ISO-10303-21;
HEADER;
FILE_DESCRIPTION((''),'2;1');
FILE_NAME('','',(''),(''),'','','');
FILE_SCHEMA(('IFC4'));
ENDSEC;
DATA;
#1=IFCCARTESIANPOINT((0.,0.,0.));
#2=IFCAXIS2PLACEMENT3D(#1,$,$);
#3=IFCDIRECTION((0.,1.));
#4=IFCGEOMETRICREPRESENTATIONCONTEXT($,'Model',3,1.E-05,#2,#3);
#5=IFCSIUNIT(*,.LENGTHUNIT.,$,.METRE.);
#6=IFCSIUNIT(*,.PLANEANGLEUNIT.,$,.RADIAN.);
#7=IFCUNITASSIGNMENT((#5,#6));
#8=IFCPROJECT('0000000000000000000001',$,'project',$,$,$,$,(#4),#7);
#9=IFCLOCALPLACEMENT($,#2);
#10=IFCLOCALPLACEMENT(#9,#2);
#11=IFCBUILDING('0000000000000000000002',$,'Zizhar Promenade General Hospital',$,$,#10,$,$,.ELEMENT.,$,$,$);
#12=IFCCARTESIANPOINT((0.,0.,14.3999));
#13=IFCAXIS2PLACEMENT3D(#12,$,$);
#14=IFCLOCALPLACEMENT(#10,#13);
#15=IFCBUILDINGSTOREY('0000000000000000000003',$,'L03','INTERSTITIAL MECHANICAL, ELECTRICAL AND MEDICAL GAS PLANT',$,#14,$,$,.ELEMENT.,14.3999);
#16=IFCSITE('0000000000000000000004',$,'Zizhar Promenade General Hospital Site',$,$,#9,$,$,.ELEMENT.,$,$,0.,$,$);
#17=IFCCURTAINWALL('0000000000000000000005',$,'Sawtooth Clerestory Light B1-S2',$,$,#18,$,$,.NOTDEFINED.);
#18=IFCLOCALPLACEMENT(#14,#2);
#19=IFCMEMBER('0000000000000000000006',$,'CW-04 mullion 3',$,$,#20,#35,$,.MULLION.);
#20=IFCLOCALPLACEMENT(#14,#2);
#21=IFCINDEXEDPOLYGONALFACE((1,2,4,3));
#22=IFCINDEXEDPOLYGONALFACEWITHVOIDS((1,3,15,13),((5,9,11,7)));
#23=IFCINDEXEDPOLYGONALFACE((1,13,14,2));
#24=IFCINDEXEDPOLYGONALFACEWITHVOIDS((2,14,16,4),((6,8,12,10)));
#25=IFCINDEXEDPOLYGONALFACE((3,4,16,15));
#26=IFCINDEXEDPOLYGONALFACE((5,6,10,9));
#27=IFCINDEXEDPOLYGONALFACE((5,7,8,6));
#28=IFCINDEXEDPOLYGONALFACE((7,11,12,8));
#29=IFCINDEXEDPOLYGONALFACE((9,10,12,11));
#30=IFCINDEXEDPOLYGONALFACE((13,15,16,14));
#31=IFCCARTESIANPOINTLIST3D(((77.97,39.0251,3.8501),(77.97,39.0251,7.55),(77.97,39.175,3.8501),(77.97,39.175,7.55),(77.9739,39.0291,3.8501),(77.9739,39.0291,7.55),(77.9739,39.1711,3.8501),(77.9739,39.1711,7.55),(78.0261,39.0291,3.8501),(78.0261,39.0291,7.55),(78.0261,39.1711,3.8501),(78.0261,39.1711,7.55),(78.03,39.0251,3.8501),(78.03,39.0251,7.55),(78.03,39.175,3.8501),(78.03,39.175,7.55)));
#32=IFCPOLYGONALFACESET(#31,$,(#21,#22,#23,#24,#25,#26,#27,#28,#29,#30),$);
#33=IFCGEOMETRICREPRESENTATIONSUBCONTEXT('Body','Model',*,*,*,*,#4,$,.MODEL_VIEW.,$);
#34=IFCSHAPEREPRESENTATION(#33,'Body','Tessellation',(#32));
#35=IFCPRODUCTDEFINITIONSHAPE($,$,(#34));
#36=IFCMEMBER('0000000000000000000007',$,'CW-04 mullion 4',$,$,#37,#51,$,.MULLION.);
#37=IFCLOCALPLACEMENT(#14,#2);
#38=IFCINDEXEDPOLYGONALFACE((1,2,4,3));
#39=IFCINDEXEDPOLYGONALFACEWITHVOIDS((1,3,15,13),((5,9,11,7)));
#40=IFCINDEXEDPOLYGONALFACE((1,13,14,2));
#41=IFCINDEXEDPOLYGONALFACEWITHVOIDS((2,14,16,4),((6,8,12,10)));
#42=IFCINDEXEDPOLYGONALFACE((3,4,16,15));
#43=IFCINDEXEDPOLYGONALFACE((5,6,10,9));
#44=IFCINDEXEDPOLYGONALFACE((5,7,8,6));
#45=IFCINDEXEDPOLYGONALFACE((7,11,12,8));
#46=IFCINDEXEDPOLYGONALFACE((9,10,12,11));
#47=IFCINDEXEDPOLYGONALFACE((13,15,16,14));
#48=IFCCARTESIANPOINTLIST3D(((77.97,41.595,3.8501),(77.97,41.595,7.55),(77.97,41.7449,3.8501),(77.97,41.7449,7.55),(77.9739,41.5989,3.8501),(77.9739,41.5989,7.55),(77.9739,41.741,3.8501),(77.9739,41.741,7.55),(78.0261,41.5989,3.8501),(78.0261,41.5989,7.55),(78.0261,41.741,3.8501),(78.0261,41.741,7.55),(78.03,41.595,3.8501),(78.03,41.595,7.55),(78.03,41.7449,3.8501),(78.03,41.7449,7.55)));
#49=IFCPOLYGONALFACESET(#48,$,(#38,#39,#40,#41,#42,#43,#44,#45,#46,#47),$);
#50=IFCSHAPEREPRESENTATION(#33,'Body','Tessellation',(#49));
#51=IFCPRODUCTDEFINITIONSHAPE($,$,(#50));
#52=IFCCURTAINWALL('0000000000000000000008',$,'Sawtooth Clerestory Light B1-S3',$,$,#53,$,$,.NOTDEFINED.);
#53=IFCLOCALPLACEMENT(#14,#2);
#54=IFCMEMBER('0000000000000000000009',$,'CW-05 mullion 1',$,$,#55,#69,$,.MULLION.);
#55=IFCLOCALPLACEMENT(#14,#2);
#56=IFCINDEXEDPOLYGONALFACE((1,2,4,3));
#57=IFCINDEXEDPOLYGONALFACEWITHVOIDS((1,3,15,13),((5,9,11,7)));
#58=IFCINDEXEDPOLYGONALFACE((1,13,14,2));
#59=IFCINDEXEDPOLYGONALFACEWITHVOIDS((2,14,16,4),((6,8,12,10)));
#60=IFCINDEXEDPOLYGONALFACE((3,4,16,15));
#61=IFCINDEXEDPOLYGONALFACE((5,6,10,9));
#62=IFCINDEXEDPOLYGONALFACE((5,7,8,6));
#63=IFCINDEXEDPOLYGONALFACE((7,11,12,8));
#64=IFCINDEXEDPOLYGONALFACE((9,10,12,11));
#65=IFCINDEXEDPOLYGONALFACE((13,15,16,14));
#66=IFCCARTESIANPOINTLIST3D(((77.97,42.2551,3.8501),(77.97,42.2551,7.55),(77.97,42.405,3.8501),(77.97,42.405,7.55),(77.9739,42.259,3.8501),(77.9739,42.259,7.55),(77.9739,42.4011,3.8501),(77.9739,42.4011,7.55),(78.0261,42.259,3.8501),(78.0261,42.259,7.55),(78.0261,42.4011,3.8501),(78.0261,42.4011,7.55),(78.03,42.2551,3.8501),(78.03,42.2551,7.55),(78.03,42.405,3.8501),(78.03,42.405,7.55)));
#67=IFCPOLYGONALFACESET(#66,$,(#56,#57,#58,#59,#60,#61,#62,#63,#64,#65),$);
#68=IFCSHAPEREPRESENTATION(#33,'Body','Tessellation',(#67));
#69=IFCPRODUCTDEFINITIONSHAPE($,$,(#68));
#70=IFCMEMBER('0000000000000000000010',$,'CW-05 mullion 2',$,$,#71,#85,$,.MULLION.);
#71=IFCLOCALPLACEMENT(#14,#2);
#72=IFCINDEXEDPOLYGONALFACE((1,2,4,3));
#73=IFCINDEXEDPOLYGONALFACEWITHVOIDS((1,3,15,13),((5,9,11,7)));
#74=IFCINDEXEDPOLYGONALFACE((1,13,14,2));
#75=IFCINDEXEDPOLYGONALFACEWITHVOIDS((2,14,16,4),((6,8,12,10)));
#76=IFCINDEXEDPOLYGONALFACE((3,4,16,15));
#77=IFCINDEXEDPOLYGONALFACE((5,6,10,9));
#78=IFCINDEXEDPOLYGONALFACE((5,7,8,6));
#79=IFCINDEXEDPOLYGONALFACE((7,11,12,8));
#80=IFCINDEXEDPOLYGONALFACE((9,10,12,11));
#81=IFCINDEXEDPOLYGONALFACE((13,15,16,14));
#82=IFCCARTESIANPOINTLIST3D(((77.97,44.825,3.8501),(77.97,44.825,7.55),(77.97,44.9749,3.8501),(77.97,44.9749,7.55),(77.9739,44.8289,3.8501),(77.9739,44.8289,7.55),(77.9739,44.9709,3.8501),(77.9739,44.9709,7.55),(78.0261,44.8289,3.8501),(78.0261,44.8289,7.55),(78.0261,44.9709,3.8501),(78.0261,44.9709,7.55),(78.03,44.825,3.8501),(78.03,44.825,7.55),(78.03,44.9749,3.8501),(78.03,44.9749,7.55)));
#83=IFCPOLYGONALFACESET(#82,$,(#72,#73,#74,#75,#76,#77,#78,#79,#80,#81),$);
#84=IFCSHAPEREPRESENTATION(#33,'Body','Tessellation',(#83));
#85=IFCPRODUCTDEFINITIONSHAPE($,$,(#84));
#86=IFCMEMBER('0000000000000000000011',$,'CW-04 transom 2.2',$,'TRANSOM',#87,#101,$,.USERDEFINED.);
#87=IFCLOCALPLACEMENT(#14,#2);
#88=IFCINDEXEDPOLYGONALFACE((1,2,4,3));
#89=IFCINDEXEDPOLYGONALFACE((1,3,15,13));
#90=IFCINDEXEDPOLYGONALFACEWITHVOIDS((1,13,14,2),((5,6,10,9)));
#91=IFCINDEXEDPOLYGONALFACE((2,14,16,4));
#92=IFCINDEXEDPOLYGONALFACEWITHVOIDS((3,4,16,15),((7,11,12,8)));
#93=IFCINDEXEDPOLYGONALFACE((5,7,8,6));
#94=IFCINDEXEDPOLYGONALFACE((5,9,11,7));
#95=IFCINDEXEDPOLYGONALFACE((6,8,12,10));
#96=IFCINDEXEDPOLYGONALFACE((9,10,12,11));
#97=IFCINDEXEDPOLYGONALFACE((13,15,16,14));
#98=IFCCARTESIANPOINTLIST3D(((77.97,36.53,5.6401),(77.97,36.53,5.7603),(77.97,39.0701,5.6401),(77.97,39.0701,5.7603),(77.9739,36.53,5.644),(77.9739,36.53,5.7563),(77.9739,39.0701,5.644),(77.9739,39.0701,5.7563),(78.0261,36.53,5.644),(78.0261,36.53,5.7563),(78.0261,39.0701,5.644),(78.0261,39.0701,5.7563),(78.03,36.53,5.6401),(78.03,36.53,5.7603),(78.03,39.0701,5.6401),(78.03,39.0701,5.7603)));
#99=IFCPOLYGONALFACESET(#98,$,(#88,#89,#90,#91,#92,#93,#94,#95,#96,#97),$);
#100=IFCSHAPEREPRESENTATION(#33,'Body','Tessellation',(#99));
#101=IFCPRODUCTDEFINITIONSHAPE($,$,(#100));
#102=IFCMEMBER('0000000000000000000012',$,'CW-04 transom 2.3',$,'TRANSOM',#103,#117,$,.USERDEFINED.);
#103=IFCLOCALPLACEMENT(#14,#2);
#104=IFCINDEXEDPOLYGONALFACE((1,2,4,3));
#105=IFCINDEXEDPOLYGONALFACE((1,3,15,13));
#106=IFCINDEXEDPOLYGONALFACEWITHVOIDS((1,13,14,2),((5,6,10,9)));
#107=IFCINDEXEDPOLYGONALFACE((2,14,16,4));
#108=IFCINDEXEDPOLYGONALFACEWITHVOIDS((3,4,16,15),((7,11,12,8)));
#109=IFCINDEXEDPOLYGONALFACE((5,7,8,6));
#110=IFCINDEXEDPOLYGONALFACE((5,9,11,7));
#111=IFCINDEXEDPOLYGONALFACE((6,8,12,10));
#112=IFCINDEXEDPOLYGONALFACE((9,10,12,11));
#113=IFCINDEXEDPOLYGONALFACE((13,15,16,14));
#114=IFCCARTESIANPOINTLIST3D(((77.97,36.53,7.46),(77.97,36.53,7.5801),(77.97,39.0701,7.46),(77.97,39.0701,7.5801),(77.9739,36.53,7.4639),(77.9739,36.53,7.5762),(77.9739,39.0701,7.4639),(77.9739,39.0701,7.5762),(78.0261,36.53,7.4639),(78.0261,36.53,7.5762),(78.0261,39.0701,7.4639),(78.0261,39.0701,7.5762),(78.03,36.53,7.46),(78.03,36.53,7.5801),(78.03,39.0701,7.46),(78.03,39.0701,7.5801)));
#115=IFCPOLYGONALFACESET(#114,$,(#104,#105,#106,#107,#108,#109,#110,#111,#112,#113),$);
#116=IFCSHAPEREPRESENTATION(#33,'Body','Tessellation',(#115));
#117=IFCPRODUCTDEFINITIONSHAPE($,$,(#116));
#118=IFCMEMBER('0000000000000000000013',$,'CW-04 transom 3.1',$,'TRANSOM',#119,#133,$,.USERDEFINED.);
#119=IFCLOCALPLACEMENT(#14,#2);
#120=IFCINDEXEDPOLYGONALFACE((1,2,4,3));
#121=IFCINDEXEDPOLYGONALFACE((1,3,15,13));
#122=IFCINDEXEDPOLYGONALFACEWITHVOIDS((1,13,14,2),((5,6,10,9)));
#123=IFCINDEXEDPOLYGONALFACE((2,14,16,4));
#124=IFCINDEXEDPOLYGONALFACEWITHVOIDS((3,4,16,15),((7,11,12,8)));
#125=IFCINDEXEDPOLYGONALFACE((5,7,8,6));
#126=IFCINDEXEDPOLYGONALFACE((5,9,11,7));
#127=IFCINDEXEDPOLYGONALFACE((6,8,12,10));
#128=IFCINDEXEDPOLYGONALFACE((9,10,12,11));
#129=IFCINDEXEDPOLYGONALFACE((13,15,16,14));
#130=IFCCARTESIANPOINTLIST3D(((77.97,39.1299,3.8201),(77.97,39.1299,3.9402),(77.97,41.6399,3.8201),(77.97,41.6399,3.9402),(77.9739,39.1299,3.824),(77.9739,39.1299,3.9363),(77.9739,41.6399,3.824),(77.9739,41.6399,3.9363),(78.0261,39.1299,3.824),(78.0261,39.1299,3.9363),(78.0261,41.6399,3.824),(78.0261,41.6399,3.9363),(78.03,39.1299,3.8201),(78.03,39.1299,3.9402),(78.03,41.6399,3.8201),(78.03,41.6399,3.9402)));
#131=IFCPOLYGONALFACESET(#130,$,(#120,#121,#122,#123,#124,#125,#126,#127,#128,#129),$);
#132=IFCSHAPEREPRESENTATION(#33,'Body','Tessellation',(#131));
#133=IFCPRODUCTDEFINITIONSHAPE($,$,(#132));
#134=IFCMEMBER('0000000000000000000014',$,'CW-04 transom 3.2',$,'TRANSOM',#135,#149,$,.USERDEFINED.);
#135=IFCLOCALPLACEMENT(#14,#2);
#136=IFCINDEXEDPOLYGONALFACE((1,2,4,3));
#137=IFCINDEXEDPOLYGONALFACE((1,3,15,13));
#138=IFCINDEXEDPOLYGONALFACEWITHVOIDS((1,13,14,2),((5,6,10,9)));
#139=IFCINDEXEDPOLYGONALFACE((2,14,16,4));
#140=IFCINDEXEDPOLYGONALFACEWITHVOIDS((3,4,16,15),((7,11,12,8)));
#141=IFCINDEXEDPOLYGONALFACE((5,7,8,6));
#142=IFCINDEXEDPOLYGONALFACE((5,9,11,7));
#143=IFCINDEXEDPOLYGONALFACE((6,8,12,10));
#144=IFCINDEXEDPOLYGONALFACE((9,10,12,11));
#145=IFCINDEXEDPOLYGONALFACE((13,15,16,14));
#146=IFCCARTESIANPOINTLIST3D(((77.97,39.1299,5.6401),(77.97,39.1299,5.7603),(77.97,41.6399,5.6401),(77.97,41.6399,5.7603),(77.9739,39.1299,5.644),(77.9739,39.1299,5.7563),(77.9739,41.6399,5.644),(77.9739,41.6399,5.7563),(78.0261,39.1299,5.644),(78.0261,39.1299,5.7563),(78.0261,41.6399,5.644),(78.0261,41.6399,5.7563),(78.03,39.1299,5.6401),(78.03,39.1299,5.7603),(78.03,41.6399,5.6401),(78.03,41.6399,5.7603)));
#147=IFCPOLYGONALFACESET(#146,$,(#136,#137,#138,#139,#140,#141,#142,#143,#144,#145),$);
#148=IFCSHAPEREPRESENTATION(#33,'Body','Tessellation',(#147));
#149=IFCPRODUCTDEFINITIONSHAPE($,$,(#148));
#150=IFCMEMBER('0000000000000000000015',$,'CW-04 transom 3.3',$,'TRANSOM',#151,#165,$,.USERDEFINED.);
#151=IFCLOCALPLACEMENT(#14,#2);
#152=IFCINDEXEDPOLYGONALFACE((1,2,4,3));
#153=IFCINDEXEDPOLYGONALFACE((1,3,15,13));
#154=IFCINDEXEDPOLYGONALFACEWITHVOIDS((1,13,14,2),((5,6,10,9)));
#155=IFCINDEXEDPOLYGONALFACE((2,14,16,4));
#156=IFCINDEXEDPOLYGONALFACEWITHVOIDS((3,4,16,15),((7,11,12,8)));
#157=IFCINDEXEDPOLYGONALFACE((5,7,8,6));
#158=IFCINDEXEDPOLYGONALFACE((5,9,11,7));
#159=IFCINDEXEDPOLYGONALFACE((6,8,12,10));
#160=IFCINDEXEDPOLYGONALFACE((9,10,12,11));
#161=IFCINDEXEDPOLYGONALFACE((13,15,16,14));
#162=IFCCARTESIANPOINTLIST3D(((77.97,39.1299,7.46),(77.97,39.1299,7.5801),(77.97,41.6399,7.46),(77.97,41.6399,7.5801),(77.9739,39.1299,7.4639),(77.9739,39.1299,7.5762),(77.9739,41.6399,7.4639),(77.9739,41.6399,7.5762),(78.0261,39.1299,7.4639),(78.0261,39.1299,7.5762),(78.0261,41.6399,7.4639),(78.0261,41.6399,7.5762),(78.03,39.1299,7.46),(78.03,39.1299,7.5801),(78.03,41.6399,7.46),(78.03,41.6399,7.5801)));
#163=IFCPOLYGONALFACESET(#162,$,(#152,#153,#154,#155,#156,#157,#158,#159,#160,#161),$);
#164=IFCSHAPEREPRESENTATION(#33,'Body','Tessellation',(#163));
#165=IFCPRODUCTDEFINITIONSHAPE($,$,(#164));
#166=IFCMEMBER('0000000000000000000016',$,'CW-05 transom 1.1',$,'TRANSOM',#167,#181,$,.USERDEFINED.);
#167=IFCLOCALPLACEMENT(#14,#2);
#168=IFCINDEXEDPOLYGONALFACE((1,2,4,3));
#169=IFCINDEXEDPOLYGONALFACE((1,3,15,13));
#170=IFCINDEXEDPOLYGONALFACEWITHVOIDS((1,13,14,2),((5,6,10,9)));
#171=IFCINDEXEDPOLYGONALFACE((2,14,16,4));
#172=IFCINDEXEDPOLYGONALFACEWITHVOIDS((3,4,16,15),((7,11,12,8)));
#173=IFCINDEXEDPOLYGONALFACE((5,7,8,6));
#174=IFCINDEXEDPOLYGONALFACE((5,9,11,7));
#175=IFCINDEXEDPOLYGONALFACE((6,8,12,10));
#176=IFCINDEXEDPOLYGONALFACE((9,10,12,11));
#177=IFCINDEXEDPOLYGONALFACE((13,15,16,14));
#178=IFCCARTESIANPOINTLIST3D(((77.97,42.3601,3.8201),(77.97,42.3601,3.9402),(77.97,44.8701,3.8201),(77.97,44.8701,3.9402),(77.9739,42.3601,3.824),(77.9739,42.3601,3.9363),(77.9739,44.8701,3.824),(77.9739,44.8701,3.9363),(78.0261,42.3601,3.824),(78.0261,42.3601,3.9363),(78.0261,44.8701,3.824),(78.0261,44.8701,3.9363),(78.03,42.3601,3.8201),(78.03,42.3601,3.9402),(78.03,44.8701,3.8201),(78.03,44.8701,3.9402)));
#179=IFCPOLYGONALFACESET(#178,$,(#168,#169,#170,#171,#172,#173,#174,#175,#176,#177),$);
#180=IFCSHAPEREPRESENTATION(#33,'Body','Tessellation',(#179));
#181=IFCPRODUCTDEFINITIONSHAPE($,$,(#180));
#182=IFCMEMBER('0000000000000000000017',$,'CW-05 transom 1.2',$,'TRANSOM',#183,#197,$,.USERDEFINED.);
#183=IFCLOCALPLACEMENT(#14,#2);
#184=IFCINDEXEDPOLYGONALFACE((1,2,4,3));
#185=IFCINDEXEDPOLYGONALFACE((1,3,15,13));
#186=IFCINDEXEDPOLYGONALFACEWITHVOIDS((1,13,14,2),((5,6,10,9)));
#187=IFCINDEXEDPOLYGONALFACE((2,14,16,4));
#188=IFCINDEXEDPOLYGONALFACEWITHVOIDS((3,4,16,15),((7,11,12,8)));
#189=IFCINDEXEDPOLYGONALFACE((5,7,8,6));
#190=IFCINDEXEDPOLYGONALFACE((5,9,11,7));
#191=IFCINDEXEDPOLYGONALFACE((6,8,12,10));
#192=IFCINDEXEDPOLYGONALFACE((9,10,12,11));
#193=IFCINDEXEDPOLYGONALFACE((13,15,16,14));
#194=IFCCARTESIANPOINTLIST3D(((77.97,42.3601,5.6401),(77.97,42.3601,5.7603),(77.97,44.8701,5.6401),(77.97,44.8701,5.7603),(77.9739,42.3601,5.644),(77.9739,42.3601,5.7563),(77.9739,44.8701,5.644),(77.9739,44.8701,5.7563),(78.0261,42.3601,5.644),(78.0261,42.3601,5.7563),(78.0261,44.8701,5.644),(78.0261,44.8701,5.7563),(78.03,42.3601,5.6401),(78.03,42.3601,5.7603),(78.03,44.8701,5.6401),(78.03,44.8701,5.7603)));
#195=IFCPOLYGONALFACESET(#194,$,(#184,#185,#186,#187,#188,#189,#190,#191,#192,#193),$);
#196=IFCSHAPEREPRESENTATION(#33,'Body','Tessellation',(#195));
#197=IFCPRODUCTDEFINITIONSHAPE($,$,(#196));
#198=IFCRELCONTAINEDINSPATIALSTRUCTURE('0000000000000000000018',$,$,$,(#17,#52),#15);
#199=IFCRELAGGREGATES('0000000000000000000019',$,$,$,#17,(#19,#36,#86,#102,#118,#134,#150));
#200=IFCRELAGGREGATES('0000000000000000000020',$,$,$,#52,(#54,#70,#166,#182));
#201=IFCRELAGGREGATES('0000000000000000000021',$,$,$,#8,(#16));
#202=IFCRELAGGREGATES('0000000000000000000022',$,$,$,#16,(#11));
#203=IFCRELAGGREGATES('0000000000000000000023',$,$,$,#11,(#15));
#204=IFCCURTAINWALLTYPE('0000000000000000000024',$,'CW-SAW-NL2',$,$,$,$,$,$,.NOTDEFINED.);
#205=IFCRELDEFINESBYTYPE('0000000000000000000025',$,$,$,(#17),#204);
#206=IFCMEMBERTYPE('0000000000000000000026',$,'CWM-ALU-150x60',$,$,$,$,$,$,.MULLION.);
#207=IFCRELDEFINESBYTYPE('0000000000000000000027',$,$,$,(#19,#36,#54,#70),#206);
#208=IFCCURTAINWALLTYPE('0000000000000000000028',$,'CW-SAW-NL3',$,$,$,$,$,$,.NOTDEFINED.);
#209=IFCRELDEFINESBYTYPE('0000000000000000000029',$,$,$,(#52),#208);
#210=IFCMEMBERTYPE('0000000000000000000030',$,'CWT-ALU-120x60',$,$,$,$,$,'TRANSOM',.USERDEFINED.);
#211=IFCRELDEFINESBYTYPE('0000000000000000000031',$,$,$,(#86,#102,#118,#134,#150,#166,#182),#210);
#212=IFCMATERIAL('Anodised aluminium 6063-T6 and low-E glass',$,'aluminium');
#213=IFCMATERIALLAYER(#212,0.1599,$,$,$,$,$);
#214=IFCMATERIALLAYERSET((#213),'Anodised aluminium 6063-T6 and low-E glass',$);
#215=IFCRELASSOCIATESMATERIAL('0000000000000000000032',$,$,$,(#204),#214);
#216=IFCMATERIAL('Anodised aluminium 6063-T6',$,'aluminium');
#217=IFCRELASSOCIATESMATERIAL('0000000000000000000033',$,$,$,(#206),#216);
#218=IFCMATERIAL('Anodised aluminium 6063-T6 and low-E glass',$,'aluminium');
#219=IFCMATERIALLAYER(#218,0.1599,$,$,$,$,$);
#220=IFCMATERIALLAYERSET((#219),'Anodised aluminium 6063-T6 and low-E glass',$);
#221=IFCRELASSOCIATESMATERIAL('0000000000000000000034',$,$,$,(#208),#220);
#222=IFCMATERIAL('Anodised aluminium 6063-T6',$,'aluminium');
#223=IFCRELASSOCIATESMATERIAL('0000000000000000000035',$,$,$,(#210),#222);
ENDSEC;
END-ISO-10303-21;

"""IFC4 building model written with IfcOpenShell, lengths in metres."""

from ifc_helpers import new_model, si_unit, direction, frame, origin, origin_2d, place, context, subcontext, project, spatial, hollow_rectangle, extrude, material, layer, layer_set, material_profile, profile_set, type_object, element, aggregate, save


model = new_model("IFC4")

# Units and contexts
model_context = context("Model", 3, precision=1e-05, world=origin(), true_north=direction((0.0, 1.0)))
body_context = subcontext(model_context, "Body", "Model", "MODEL_VIEW")
ifc_project = project(units=[si_unit("LENGTHUNIT", "METRE"), si_unit("PLANEANGLEUNIT", "RADIAN")], contexts=[model_context])

# Site, building, storey
site_placement = place(None, origin())
site = spatial("IfcSite", under=ifc_project, at=site_placement, Name="Zizhar Promenade General Hospital Site", CompositionType="ELEMENT", RefElevation=0.0)
building_placement = place(site_placement, origin())
building = spatial("IfcBuilding", under=site, at=building_placement, Name="Zizhar Promenade General Hospital", CompositionType="ELEMENT")
storey_placement = place(building_placement, frame((0.0, 0.0, 14.3999)))
storey = spatial("IfcBuildingStorey", under=building, at=storey_placement, Name="L03", Description="INTERSTITIAL MECHANICAL, ELECTRICAL AND MEDICAL GAS PLANT", CompositionType="ELEMENT", Elevation=14.3999)

# Curtain walls, members
ifc_material_1 = material(Name="Anodised aluminium 6063-T6 and low-E glass", Category="aluminium")
ifc_layer_1 = layer(ifc_material_1, 0.1599)
ifc_layer_set_1 = layer_set([ifc_layer_1], Name="Anodised aluminium 6063-T6 and low-E glass")
curtain_wall_type_1 = type_object("IfcCurtainWallType", Name="CW-SAW-NL2", PredefinedType="NOTDEFINED", material=ifc_layer_set_1)
curtain_wall_1_placement = place(storey_placement, origin())
curtain_wall_1 = element("IfcCurtainWall", 1, at=curtain_wall_1_placement, inside=storey, type_object=curtain_wall_type_1, Name="Sawtooth Clerestory Light B1-S2", PredefinedType="NOTDEFINED")
ifc_material_2 = material(Name="Anodised aluminium 6063-T6", Category="aluminium")
ifc_material_profile_1 = material_profile(ifc_material_2, hollow_rectangle(XDim=0.0601, YDim=0.1499, WallThickness=0.0039, at=origin_2d()))
ifc_profile_set_1 = profile_set([ifc_material_profile_1], Name="Anodised aluminium 6063-T6")
member_type_1 = type_object("IfcMemberType", Name="CWM-ALU-150x60", PredefinedType="MULLION", material=ifc_profile_set_1)
member_1_placement = place(storey_placement, frame((78.0, 39.1001, 3.8501), z_axis=(0.0, 0.0, 1.0), x_axis=(-1.0, 0.0, 0.0)))
member_1 = element("IfcMember", 2, at=member_1_placement, type_object=member_type_1, Name="CW-04 mullion 3", PredefinedType="MULLION", context=body_context, shape_type="SweptSolid", body=[
    extrude(hollow_rectangle(XDim=0.0601, YDim=0.1499, WallThickness=0.0039, at=origin_2d()), origin(), (0.0, 0.0, 1.0), 3.7),
])
member_2_placement = place(storey_placement, frame((78.0, 41.6699, 3.8501), z_axis=(0.0, 0.0, 1.0), x_axis=(-1.0, 0.0, 0.0)))
member_2 = element("IfcMember", 3, at=member_2_placement, type_object=member_type_1, Name="CW-04 mullion 4", PredefinedType="MULLION", context=body_context, shape_type="SweptSolid", body=[
    extrude(hollow_rectangle(XDim=0.0601, YDim=0.1499, WallThickness=0.0039, at=origin_2d()), origin(), (0.0, 0.0, 1.0), 3.7),
])
ifc_material_3 = material(Name="Anodised aluminium 6063-T6 and low-E glass", Category="aluminium")
ifc_layer_2 = layer(ifc_material_3, 0.1599)
ifc_layer_set_2 = layer_set([ifc_layer_2], Name="Anodised aluminium 6063-T6 and low-E glass")
curtain_wall_type_2 = type_object("IfcCurtainWallType", Name="CW-SAW-NL3", PredefinedType="NOTDEFINED", material=ifc_layer_set_2)
curtain_wall_2_placement = place(storey_placement, origin())
curtain_wall_2 = element("IfcCurtainWall", 4, at=curtain_wall_2_placement, inside=storey, type_object=curtain_wall_type_2, Name="Sawtooth Clerestory Light B1-S3", PredefinedType="NOTDEFINED")
member_3_placement = place(storey_placement, frame((78.0, 42.3301, 3.8501), z_axis=(0.0, 0.0, 1.0), x_axis=(-1.0, 0.0, 0.0)))
member_3 = element("IfcMember", 5, at=member_3_placement, type_object=member_type_1, Name="CW-05 mullion 1", PredefinedType="MULLION", context=body_context, shape_type="SweptSolid", body=[
    extrude(hollow_rectangle(XDim=0.0601, YDim=0.1499, WallThickness=0.0039, at=origin_2d()), origin(), (0.0, 0.0, 1.0), 3.7),
])
member_4_placement = place(storey_placement, frame((78.0, 44.8999, 3.8501), z_axis=(0.0, 0.0, 1.0), x_axis=(-1.0, 0.0, 0.0)))
member_4 = element("IfcMember", 6, at=member_4_placement, type_object=member_type_1, Name="CW-05 mullion 2", PredefinedType="MULLION", context=body_context, shape_type="SweptSolid", body=[
    extrude(hollow_rectangle(XDim=0.0601, YDim=0.1499, WallThickness=0.0039, at=origin_2d()), origin(), (0.0, 0.0, 1.0), 3.7),
])

# Members
ifc_material_4 = material(Name="Anodised aluminium 6063-T6", Category="aluminium")
ifc_material_profile_2 = material_profile(ifc_material_4, hollow_rectangle(XDim=0.0601, YDim=0.1201, WallThickness=0.0039, at=origin_2d()))
ifc_profile_set_2 = profile_set([ifc_material_profile_2], Name="Anodised aluminium 6063-T6")
member_type_2 = type_object("IfcMemberType", Name="CWT-ALU-120x60", ElementType="TRANSOM", PredefinedType="USERDEFINED", material=ifc_profile_set_2)
member_5_placement = place(storey_placement, frame((78.0, 36.53, 5.7002), z_axis=(0.0, 1.0, 0.0), x_axis=(-1.0, 0.0, 0.0)))
member_5 = element("IfcMember", 7, at=member_5_placement, type_object=member_type_2, Name="CW-04 transom 2.2", ObjectType="TRANSOM", PredefinedType="USERDEFINED", context=body_context, shape_type="SweptSolid", body=[
    extrude(hollow_rectangle(XDim=0.0601, YDim=0.1201, WallThickness=0.0039, at=origin_2d()), origin(), (0.0, 0.0, 1.0), 2.54),
])
member_6_placement = place(storey_placement, frame((78.0, 36.53, 7.52), z_axis=(0.0, 1.0, 0.0), x_axis=(-1.0, 0.0, 0.0)))
member_6 = element("IfcMember", 8, at=member_6_placement, type_object=member_type_2, Name="CW-04 transom 2.3", ObjectType="TRANSOM", PredefinedType="USERDEFINED", context=body_context, shape_type="SweptSolid", body=[
    extrude(hollow_rectangle(XDim=0.0601, YDim=0.1201, WallThickness=0.0039, at=origin_2d()), origin(), (0.0, 0.0, 1.0), 2.54),
])
member_7_placement = place(storey_placement, frame((78.0, 39.1299, 3.8801), z_axis=(0.0, 1.0, 0.0), x_axis=(-1.0, 0.0, 0.0)))
member_7 = element("IfcMember", 9, at=member_7_placement, type_object=member_type_2, Name="CW-04 transom 3.1", ObjectType="TRANSOM", PredefinedType="USERDEFINED", context=body_context, shape_type="SweptSolid", body=[
    extrude(hollow_rectangle(XDim=0.0601, YDim=0.1201, WallThickness=0.0039, at=origin_2d()), origin(), (0.0, 0.0, 1.0), 2.51),
])
member_8_placement = place(storey_placement, frame((78.0, 39.1299, 5.7002), z_axis=(0.0, 1.0, 0.0), x_axis=(-1.0, 0.0, 0.0)))
member_8 = element("IfcMember", 10, at=member_8_placement, type_object=member_type_2, Name="CW-04 transom 3.2", ObjectType="TRANSOM", PredefinedType="USERDEFINED", context=body_context, shape_type="SweptSolid", body=[
    extrude(hollow_rectangle(XDim=0.0601, YDim=0.1201, WallThickness=0.0039, at=origin_2d()), origin(), (0.0, 0.0, 1.0), 2.51),
])
member_9_placement = place(storey_placement, frame((78.0, 39.1299, 7.52), z_axis=(0.0, 1.0, 0.0), x_axis=(-1.0, 0.0, 0.0)))
member_9 = element("IfcMember", 11, at=member_9_placement, type_object=member_type_2, Name="CW-04 transom 3.3", ObjectType="TRANSOM", PredefinedType="USERDEFINED", context=body_context, shape_type="SweptSolid", body=[
    extrude(hollow_rectangle(XDim=0.0601, YDim=0.1201, WallThickness=0.0039, at=origin_2d()), origin(), (0.0, 0.0, 1.0), 2.51),
])
member_10_placement = place(storey_placement, frame((78.0, 42.3601, 3.8801), z_axis=(0.0, 1.0, 0.0), x_axis=(-1.0, 0.0, 0.0)))
member_10 = element("IfcMember", 12, at=member_10_placement, type_object=member_type_2, Name="CW-05 transom 1.1", ObjectType="TRANSOM", PredefinedType="USERDEFINED", context=body_context, shape_type="SweptSolid", body=[
    extrude(hollow_rectangle(XDim=0.0601, YDim=0.1201, WallThickness=0.0039, at=origin_2d()), origin(), (0.0, 0.0, 1.0), 2.51),
])
member_11_placement = place(storey_placement, frame((78.0, 42.3601, 5.7002), z_axis=(0.0, 1.0, 0.0), x_axis=(-1.0, 0.0, 0.0)))
member_11 = element("IfcMember", 13, at=member_11_placement, type_object=member_type_2, Name="CW-05 transom 1.2", ObjectType="TRANSOM", PredefinedType="USERDEFINED", context=body_context, shape_type="SweptSolid", body=[
    extrude(hollow_rectangle(XDim=0.0601, YDim=0.1201, WallThickness=0.0039, at=origin_2d()), origin(), (0.0, 0.0, 1.0), 2.51),
])

aggregate(curtain_wall_1, [member_1, member_2, member_5, member_6, member_7, member_8, member_9])
aggregate(curtain_wall_2, [member_3, member_4, member_10, member_11])

save(model, "model.ifc")
